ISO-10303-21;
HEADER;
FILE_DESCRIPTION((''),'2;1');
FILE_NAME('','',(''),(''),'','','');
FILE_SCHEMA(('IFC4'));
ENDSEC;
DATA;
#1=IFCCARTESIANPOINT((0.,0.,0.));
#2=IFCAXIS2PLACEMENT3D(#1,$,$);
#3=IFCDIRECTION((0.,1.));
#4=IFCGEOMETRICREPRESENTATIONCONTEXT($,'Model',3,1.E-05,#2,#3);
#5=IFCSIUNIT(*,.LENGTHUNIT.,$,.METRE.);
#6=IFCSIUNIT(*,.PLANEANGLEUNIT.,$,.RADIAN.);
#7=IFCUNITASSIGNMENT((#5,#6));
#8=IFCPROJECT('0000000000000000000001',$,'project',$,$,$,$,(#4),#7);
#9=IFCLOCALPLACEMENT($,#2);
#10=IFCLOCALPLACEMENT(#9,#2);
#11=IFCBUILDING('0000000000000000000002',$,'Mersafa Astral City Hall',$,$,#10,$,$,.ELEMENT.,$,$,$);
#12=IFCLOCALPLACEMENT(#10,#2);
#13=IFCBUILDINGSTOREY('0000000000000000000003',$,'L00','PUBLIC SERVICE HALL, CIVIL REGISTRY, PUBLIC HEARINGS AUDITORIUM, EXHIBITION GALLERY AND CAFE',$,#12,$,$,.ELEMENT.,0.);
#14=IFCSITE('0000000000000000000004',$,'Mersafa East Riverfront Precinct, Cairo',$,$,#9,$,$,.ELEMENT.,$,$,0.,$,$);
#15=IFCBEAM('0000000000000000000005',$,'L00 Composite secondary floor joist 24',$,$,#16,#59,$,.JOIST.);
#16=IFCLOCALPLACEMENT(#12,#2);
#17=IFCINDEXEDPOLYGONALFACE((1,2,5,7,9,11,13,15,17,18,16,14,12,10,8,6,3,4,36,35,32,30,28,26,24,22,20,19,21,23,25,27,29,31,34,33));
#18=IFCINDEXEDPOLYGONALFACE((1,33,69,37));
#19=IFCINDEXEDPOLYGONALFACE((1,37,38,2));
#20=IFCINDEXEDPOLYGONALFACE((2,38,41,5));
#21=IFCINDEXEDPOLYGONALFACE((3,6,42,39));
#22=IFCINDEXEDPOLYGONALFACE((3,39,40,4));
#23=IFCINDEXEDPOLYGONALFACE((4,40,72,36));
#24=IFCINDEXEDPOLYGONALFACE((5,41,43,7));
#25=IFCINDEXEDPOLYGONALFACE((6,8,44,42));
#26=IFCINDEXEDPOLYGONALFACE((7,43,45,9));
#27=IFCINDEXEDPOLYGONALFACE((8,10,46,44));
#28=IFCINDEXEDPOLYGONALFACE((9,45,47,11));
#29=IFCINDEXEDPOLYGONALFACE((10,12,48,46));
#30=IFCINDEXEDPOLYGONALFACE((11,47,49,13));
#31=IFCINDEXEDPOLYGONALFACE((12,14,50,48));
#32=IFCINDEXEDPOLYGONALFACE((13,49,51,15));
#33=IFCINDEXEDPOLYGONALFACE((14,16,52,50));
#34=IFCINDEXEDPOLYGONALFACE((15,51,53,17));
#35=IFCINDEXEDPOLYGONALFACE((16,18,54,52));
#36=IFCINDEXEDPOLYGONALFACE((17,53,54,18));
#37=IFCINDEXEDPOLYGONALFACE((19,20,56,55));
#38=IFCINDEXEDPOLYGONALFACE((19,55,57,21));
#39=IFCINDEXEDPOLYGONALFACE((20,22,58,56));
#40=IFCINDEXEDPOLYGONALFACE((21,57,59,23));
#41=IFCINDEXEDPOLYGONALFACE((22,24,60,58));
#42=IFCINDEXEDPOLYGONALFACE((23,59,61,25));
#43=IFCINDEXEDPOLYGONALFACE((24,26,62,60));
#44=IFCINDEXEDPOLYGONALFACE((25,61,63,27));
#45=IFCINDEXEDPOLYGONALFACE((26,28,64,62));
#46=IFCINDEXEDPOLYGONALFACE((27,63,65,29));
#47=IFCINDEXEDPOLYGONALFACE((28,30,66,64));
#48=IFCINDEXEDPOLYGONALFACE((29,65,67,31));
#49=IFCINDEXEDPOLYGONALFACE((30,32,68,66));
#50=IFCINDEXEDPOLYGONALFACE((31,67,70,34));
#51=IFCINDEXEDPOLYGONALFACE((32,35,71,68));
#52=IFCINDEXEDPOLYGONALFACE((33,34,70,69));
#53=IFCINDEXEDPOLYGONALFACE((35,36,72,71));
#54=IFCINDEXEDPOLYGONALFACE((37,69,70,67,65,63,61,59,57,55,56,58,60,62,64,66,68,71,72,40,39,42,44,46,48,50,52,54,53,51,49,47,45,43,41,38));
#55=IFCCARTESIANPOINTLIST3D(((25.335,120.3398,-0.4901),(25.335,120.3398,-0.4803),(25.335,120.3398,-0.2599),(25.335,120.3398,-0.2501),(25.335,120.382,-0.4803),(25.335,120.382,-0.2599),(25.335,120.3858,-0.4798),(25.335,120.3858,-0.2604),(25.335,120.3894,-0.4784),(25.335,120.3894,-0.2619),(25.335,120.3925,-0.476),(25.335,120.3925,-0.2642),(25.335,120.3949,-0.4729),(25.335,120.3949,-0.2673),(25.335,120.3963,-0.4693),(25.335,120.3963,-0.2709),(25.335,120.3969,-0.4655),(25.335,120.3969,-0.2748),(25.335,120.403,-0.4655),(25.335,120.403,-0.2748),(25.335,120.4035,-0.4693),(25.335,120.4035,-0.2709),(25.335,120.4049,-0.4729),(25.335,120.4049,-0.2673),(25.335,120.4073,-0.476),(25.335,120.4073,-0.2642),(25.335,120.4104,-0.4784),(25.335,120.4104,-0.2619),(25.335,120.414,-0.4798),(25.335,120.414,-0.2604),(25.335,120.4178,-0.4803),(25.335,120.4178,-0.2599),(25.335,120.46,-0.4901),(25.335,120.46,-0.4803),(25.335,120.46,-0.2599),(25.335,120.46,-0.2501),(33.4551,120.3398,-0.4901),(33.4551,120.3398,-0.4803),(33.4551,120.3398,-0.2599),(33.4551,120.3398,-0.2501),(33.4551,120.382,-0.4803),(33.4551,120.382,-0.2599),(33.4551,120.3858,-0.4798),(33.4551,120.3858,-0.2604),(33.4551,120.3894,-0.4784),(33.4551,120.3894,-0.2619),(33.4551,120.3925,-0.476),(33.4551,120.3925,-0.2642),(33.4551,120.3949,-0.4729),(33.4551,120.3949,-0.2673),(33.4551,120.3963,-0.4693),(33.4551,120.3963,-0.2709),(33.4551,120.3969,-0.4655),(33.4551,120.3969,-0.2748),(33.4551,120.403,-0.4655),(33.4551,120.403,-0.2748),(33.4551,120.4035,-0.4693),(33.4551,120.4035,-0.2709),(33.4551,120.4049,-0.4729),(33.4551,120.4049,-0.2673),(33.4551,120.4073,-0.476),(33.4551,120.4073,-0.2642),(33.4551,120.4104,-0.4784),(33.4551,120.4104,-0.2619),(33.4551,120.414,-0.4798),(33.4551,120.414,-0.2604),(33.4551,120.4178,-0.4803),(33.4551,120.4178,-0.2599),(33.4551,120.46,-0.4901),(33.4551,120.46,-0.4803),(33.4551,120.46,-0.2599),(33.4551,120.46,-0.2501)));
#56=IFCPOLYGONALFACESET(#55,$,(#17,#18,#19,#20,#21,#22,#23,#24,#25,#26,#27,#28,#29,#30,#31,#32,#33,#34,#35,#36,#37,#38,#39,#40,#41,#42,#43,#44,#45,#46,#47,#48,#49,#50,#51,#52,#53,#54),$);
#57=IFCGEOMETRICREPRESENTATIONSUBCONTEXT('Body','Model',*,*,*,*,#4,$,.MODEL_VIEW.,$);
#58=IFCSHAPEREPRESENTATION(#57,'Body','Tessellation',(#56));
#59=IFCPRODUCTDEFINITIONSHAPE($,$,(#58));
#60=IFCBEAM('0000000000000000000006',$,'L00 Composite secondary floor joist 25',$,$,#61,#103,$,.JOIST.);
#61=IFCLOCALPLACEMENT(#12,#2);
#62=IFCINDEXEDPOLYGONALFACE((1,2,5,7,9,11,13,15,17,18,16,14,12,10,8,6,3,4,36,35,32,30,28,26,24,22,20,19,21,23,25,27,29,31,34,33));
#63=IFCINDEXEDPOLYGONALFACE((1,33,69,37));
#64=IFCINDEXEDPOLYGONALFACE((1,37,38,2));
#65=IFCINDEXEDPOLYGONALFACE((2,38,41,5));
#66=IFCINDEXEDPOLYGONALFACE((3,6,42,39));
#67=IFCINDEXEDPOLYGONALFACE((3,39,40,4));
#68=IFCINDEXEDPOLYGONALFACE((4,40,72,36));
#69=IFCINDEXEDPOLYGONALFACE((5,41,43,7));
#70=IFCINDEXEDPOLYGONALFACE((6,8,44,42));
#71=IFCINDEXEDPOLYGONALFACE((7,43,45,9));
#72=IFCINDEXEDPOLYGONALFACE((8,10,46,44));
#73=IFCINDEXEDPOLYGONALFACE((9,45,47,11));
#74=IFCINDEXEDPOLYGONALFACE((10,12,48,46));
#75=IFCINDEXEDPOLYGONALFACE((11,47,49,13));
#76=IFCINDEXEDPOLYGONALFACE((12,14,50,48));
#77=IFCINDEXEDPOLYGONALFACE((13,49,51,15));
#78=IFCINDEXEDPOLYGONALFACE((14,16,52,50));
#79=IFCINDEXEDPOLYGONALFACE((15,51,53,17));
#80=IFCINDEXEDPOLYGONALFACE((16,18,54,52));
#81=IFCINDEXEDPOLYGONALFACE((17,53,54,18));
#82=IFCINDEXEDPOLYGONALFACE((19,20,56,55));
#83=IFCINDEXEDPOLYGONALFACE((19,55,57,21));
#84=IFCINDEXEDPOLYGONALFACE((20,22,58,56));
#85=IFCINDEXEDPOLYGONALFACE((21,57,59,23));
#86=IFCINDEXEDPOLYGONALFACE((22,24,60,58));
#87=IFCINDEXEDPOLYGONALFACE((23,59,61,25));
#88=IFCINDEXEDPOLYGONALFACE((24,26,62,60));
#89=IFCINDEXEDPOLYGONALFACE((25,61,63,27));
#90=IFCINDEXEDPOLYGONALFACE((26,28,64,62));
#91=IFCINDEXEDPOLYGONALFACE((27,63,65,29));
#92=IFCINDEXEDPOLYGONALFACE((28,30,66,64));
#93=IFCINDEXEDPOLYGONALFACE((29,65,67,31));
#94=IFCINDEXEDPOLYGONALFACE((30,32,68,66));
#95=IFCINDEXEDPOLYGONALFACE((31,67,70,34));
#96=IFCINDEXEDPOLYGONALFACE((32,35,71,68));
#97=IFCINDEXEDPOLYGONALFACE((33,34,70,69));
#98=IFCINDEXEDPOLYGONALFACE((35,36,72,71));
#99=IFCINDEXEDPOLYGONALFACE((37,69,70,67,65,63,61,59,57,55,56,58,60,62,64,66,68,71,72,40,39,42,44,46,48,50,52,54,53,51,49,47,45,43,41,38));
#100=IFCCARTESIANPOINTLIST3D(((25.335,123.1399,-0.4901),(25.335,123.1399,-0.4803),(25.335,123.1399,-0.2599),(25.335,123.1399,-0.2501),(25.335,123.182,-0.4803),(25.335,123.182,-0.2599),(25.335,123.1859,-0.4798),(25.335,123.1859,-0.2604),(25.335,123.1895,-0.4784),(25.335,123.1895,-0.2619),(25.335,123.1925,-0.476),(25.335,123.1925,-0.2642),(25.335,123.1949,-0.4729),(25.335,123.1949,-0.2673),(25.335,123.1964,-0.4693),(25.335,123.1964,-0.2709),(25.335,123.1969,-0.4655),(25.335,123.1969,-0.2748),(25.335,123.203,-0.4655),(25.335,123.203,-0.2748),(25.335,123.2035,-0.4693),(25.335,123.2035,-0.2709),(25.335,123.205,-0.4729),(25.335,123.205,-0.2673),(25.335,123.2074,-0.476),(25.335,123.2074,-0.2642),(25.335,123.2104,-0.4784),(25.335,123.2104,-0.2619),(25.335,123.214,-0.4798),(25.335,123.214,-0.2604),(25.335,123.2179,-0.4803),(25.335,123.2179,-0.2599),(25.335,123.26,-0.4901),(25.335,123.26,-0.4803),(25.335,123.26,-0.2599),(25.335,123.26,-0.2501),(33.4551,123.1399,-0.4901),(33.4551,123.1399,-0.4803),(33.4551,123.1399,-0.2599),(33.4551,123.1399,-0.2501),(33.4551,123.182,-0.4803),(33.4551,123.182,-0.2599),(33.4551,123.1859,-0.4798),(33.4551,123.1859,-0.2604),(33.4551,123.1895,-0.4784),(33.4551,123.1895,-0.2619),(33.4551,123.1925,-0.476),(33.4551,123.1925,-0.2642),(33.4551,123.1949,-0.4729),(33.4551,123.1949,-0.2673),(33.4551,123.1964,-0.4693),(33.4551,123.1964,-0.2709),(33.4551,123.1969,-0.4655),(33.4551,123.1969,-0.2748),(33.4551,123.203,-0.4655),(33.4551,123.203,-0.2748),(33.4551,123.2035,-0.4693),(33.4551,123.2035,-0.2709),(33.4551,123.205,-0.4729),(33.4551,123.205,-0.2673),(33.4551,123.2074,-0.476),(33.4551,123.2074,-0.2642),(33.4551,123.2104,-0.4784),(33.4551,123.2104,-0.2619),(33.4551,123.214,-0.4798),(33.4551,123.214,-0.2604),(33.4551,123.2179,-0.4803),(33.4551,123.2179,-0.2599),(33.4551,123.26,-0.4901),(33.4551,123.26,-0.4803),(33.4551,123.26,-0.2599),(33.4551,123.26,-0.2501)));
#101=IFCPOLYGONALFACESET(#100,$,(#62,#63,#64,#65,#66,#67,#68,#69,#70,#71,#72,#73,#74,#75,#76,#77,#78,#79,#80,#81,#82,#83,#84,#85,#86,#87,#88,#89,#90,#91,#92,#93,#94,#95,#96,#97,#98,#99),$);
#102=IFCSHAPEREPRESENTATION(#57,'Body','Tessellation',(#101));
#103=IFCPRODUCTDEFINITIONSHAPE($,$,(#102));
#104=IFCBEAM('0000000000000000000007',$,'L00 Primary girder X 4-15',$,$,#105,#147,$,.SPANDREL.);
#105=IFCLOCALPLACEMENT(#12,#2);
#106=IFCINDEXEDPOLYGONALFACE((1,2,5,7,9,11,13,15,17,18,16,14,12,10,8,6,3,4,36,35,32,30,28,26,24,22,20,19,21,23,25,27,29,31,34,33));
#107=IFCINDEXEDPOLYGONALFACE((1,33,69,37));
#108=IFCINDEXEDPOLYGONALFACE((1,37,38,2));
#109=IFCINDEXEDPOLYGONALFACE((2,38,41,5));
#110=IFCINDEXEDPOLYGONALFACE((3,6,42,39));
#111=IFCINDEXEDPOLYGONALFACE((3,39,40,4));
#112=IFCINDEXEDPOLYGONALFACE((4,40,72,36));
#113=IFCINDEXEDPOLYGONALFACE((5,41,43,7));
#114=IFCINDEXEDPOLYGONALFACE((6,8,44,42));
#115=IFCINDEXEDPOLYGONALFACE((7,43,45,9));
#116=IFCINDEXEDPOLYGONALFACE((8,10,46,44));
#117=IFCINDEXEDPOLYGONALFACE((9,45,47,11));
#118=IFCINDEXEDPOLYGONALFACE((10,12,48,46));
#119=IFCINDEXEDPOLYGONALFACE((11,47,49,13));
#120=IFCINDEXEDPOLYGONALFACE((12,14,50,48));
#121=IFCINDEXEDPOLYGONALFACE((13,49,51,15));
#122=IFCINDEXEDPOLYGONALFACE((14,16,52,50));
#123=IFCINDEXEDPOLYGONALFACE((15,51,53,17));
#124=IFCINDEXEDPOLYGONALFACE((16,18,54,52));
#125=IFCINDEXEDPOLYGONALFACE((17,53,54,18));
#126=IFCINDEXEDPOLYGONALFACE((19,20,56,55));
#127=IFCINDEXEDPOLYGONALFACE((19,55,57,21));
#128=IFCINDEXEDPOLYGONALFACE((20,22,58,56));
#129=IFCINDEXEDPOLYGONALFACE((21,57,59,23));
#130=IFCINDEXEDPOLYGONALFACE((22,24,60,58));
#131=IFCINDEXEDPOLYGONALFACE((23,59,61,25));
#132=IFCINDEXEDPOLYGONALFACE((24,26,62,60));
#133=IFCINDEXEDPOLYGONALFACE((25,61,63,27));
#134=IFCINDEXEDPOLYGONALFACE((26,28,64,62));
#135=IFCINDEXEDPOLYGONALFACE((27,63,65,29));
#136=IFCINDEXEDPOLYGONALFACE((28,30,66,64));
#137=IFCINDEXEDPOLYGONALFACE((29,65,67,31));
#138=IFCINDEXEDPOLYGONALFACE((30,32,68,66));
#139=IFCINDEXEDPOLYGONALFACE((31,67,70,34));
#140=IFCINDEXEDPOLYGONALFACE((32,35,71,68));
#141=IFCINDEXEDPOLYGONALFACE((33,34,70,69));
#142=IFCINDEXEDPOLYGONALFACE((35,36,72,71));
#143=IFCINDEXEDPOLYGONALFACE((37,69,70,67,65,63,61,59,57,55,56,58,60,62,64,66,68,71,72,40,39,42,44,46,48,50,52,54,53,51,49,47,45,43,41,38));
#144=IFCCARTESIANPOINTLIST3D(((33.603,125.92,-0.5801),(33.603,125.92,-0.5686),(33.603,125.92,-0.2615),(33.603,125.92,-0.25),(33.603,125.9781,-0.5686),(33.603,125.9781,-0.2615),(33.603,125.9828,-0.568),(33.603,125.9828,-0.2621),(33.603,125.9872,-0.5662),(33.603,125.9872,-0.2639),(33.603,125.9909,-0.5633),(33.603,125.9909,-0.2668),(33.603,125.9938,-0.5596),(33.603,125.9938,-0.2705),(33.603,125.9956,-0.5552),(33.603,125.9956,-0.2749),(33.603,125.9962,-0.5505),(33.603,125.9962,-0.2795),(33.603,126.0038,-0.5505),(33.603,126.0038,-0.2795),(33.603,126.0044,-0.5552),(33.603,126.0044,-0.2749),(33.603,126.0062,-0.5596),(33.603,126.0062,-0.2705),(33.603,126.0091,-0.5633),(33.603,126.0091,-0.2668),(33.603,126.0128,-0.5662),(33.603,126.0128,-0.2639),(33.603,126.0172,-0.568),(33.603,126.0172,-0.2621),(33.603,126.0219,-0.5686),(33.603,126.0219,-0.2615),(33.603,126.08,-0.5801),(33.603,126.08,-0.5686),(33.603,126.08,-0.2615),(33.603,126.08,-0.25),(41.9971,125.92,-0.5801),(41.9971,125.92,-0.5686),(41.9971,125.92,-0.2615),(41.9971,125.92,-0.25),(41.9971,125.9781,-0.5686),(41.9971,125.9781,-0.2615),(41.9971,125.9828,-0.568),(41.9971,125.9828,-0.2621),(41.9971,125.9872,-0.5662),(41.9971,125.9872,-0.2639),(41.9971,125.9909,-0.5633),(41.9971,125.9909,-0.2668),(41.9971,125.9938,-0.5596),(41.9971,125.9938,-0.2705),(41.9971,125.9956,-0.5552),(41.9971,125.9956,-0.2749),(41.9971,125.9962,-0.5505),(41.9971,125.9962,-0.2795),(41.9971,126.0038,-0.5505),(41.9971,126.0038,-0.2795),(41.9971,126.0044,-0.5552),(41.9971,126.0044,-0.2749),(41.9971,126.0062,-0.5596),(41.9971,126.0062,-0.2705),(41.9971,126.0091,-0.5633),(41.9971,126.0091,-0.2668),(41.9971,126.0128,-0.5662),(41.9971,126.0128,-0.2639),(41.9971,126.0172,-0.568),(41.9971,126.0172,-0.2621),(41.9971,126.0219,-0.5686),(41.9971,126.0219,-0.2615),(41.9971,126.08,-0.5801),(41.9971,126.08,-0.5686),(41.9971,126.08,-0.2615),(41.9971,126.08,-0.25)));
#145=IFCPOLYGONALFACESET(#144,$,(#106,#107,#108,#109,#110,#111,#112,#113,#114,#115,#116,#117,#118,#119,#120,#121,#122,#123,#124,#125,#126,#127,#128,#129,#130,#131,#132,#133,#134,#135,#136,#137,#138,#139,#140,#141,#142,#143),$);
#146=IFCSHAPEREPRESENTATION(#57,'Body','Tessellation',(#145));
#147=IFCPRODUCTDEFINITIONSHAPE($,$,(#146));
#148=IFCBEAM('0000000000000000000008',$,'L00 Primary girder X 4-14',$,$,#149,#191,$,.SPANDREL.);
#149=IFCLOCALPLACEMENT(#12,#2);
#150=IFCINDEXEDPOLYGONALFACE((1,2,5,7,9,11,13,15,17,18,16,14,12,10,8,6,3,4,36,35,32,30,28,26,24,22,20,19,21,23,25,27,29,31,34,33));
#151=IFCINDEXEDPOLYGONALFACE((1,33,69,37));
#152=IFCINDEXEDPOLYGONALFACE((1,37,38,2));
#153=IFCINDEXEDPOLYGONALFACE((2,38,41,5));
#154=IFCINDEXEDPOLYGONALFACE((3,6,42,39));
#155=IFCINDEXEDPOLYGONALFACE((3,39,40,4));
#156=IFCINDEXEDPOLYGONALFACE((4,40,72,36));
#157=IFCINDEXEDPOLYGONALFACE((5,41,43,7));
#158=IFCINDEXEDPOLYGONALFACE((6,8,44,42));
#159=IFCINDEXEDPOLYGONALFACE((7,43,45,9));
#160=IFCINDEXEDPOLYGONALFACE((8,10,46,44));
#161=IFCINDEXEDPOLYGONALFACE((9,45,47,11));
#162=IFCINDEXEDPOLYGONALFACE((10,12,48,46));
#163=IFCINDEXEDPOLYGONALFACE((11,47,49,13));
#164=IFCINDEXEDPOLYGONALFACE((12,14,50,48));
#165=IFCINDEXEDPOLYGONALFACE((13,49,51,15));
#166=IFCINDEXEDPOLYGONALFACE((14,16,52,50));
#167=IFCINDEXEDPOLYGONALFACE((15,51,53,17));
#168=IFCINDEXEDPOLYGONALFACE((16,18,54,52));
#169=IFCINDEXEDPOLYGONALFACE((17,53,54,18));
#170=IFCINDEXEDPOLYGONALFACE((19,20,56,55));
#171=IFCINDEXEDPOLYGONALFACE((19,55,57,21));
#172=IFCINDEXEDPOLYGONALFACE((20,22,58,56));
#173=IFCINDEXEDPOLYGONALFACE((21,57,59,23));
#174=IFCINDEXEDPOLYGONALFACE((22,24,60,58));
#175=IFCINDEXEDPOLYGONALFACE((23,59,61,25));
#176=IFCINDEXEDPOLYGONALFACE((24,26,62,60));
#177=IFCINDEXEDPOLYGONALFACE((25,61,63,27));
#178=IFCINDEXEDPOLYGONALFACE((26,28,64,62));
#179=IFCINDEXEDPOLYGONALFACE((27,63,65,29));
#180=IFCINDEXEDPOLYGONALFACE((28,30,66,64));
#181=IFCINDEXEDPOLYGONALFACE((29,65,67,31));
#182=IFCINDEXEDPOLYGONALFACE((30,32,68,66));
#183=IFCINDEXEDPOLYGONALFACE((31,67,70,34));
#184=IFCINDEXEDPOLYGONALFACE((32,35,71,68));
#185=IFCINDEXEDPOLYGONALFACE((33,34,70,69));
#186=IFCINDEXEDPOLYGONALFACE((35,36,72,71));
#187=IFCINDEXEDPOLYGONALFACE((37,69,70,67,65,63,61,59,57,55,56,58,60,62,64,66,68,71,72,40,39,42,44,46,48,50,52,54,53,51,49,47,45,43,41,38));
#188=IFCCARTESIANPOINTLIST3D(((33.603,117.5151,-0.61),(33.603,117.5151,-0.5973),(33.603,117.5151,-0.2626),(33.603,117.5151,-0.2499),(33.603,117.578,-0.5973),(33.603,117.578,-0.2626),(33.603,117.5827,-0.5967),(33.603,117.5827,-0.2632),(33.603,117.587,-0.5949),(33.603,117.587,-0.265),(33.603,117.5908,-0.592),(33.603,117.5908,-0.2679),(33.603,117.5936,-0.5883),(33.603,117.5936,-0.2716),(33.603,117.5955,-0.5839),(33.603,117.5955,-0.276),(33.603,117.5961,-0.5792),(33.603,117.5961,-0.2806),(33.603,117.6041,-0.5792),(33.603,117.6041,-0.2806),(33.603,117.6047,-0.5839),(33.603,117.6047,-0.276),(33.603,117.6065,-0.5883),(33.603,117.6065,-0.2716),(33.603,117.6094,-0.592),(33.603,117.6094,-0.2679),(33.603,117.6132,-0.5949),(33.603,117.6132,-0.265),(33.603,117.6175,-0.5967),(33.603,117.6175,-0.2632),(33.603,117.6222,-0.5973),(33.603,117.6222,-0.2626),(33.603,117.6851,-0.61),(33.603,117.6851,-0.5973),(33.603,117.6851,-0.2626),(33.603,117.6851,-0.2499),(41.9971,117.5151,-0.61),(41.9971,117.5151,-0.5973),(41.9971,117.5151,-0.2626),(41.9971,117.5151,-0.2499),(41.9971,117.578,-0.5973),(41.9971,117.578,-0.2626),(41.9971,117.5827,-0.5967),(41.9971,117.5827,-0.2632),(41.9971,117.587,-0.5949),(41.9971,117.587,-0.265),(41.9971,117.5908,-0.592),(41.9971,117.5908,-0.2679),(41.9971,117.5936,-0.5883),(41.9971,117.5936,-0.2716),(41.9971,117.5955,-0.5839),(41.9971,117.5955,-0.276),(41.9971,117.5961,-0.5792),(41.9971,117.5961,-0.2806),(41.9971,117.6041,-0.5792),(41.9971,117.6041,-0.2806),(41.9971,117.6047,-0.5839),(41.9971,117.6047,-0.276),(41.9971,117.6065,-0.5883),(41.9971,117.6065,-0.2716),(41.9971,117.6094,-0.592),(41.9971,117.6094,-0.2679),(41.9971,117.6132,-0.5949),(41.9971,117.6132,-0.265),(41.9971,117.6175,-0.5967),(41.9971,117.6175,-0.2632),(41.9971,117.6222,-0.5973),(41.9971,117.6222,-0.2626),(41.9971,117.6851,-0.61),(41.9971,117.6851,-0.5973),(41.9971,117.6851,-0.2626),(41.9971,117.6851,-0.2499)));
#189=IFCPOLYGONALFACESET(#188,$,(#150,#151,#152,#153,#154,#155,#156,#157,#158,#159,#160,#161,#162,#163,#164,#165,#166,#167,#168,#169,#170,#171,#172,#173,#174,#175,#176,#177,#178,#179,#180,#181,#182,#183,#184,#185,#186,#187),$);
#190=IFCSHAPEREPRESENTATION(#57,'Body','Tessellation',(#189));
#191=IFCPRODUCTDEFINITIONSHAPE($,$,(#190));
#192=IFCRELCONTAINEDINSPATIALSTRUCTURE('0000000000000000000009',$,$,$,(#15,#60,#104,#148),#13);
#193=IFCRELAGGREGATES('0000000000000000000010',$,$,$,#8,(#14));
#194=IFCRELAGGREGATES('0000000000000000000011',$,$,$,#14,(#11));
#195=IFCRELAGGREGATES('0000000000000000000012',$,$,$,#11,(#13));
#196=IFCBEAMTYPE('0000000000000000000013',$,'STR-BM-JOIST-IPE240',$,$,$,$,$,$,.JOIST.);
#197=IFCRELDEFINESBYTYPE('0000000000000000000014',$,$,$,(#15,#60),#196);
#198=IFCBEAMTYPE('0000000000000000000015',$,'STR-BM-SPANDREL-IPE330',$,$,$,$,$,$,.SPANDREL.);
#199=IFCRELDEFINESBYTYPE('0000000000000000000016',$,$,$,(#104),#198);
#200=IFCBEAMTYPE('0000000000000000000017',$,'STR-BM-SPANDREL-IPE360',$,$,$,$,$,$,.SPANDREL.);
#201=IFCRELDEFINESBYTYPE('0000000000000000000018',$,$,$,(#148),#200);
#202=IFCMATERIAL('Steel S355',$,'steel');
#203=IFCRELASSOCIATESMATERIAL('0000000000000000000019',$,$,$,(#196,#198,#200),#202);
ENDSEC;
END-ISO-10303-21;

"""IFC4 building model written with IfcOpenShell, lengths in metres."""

from ifc_helpers import new_model, si_unit, direction, frame, origin, origin_2d, place, context, subcontext, project, spatial, i_section, extrude, material, material_profile, profile_set, type_object, element, save


model = new_model("IFC4")

# Units and contexts
model_context = context("Model", 3, precision=1e-05, world=origin(), true_north=direction((0.0, 1.0)))
body_context = subcontext(model_context, "Body", "Model", "MODEL_VIEW")
ifc_project = project(units=[si_unit("LENGTHUNIT", "METRE"), si_unit("PLANEANGLEUNIT", "RADIAN")], contexts=[model_context])

# Site, building, storey
site_placement = place(None, origin())
site = spatial("IfcSite", under=ifc_project, at=site_placement, Name="Mersafa East Riverfront Precinct, Cairo", CompositionType="ELEMENT", RefElevation=0.0)
building_placement = place(site_placement, origin())
building = spatial("IfcBuilding", under=site, at=building_placement, Name="Mersafa Astral City Hall", CompositionType="ELEMENT")
storey_placement = place(building_placement, origin())
storey = spatial("IfcBuildingStorey", under=building, at=storey_placement, Name="L00", Description="PUBLIC SERVICE HALL, CIVIL REGISTRY, PUBLIC HEARINGS AUDITORIUM, EXHIBITION GALLERY AND CAFE", CompositionType="ELEMENT", Elevation=0.0)

# Shared definitions
ifc_material_1 = material(Name="Steel S355", Category="steel")

# Beams
ifc_material_profile_1 = material_profile(ifc_material_1, i_section(OverallWidth=0.1201, OverallDepth=0.24, WebThickness=0.0061, FlangeThickness=0.0098, FilletRadius=0.0149, at=origin_2d()), Name="IPE 240")
ifc_profile_set_1 = profile_set([ifc_material_profile_1], Name="Steel S355")
beam_type_1 = type_object("IfcBeamType", Name="STR-BM-JOIST-IPE240", PredefinedType="JOIST", material=ifc_profile_set_1)
for number, where, z_axis, x_axis, name in (
    (1, (25.335, 120.3999, -0.3701), (1.0, 0.0, 0.0), (0.0, 1.0, 0.0), "L00 Composite secondary floor joist 24"),
    (2, (25.335, 123.2, -0.3701), (1.0, 0.0, 0.0), (0.0, 1.0, 0.0), "L00 Composite secondary floor joist 25"),
):
    element("IfcBeam", number, at=place(storey_placement, frame(where, z_axis=z_axis, x_axis=x_axis)), inside=storey, type_object=beam_type_1, Name=name, PredefinedType="JOIST", context=body_context, shape_type="SweptSolid", body=[
        extrude(i_section(OverallWidth=0.1201, OverallDepth=0.24, WebThickness=0.0061, FlangeThickness=0.0098, FilletRadius=0.0149, at=origin_2d()), origin(), (0.0, 0.0, 1.0), 8.1201),
    ])
ifc_material_profile_2 = material_profile(ifc_material_1, i_section(OverallWidth=0.1599, OverallDepth=0.3301, WebThickness=0.0076, FlangeThickness=0.0115, FilletRadius=0.0181, at=origin_2d()), Name="IPE 330")
ifc_profile_set_2 = profile_set([ifc_material_profile_2], Name="Steel S355")
beam_type_2 = type_object("IfcBeamType", Name="STR-BM-SPANDREL-IPE330", PredefinedType="SPANDREL", material=ifc_profile_set_2)
beam_1_placement = place(storey_placement, frame((33.603, 126.0, -0.415), z_axis=(1.0, 0.0, 0.0), x_axis=(0.0, 1.0, 0.0)))
element("IfcBeam", 3, at=beam_1_placement, inside=storey, type_object=beam_type_2, Name="L00 Primary girder X 4-15", PredefinedType="SPANDREL", context=body_context, shape_type="SweptSolid", body=[
    extrude(i_section(OverallWidth=0.1599, OverallDepth=0.3301, WebThickness=0.0076, FlangeThickness=0.0115, FilletRadius=0.0181, at=origin_2d()), origin(), (0.0, 0.0, 1.0), 8.394),
])
ifc_material_profile_3 = material_profile(ifc_material_1, i_section(OverallWidth=0.1699, OverallDepth=0.3601, WebThickness=0.0081, FlangeThickness=0.0127, FilletRadius=0.0181, at=origin_2d()), Name="IPE 360")
ifc_profile_set_3 = profile_set([ifc_material_profile_3], Name="Steel S355")
beam_type_3 = type_object("IfcBeamType", Name="STR-BM-SPANDREL-IPE360", PredefinedType="SPANDREL", material=ifc_profile_set_3)
beam_2_placement = place(storey_placement, frame((33.603, 117.6001, -0.4299), z_axis=(1.0, 0.0, 0.0), x_axis=(0.0, 1.0, 0.0)))
element("IfcBeam", 4, at=beam_2_placement, inside=storey, type_object=beam_type_3, Name="L00 Primary girder X 4-14", PredefinedType="SPANDREL", context=body_context, shape_type="SweptSolid", body=[
    extrude(i_section(OverallWidth=0.1699, OverallDepth=0.3601, WebThickness=0.0081, FlangeThickness=0.0127, FilletRadius=0.0181, at=origin_2d()), origin(), (0.0, 0.0, 1.0), 8.394),
])

save(model, "model.ifc")
